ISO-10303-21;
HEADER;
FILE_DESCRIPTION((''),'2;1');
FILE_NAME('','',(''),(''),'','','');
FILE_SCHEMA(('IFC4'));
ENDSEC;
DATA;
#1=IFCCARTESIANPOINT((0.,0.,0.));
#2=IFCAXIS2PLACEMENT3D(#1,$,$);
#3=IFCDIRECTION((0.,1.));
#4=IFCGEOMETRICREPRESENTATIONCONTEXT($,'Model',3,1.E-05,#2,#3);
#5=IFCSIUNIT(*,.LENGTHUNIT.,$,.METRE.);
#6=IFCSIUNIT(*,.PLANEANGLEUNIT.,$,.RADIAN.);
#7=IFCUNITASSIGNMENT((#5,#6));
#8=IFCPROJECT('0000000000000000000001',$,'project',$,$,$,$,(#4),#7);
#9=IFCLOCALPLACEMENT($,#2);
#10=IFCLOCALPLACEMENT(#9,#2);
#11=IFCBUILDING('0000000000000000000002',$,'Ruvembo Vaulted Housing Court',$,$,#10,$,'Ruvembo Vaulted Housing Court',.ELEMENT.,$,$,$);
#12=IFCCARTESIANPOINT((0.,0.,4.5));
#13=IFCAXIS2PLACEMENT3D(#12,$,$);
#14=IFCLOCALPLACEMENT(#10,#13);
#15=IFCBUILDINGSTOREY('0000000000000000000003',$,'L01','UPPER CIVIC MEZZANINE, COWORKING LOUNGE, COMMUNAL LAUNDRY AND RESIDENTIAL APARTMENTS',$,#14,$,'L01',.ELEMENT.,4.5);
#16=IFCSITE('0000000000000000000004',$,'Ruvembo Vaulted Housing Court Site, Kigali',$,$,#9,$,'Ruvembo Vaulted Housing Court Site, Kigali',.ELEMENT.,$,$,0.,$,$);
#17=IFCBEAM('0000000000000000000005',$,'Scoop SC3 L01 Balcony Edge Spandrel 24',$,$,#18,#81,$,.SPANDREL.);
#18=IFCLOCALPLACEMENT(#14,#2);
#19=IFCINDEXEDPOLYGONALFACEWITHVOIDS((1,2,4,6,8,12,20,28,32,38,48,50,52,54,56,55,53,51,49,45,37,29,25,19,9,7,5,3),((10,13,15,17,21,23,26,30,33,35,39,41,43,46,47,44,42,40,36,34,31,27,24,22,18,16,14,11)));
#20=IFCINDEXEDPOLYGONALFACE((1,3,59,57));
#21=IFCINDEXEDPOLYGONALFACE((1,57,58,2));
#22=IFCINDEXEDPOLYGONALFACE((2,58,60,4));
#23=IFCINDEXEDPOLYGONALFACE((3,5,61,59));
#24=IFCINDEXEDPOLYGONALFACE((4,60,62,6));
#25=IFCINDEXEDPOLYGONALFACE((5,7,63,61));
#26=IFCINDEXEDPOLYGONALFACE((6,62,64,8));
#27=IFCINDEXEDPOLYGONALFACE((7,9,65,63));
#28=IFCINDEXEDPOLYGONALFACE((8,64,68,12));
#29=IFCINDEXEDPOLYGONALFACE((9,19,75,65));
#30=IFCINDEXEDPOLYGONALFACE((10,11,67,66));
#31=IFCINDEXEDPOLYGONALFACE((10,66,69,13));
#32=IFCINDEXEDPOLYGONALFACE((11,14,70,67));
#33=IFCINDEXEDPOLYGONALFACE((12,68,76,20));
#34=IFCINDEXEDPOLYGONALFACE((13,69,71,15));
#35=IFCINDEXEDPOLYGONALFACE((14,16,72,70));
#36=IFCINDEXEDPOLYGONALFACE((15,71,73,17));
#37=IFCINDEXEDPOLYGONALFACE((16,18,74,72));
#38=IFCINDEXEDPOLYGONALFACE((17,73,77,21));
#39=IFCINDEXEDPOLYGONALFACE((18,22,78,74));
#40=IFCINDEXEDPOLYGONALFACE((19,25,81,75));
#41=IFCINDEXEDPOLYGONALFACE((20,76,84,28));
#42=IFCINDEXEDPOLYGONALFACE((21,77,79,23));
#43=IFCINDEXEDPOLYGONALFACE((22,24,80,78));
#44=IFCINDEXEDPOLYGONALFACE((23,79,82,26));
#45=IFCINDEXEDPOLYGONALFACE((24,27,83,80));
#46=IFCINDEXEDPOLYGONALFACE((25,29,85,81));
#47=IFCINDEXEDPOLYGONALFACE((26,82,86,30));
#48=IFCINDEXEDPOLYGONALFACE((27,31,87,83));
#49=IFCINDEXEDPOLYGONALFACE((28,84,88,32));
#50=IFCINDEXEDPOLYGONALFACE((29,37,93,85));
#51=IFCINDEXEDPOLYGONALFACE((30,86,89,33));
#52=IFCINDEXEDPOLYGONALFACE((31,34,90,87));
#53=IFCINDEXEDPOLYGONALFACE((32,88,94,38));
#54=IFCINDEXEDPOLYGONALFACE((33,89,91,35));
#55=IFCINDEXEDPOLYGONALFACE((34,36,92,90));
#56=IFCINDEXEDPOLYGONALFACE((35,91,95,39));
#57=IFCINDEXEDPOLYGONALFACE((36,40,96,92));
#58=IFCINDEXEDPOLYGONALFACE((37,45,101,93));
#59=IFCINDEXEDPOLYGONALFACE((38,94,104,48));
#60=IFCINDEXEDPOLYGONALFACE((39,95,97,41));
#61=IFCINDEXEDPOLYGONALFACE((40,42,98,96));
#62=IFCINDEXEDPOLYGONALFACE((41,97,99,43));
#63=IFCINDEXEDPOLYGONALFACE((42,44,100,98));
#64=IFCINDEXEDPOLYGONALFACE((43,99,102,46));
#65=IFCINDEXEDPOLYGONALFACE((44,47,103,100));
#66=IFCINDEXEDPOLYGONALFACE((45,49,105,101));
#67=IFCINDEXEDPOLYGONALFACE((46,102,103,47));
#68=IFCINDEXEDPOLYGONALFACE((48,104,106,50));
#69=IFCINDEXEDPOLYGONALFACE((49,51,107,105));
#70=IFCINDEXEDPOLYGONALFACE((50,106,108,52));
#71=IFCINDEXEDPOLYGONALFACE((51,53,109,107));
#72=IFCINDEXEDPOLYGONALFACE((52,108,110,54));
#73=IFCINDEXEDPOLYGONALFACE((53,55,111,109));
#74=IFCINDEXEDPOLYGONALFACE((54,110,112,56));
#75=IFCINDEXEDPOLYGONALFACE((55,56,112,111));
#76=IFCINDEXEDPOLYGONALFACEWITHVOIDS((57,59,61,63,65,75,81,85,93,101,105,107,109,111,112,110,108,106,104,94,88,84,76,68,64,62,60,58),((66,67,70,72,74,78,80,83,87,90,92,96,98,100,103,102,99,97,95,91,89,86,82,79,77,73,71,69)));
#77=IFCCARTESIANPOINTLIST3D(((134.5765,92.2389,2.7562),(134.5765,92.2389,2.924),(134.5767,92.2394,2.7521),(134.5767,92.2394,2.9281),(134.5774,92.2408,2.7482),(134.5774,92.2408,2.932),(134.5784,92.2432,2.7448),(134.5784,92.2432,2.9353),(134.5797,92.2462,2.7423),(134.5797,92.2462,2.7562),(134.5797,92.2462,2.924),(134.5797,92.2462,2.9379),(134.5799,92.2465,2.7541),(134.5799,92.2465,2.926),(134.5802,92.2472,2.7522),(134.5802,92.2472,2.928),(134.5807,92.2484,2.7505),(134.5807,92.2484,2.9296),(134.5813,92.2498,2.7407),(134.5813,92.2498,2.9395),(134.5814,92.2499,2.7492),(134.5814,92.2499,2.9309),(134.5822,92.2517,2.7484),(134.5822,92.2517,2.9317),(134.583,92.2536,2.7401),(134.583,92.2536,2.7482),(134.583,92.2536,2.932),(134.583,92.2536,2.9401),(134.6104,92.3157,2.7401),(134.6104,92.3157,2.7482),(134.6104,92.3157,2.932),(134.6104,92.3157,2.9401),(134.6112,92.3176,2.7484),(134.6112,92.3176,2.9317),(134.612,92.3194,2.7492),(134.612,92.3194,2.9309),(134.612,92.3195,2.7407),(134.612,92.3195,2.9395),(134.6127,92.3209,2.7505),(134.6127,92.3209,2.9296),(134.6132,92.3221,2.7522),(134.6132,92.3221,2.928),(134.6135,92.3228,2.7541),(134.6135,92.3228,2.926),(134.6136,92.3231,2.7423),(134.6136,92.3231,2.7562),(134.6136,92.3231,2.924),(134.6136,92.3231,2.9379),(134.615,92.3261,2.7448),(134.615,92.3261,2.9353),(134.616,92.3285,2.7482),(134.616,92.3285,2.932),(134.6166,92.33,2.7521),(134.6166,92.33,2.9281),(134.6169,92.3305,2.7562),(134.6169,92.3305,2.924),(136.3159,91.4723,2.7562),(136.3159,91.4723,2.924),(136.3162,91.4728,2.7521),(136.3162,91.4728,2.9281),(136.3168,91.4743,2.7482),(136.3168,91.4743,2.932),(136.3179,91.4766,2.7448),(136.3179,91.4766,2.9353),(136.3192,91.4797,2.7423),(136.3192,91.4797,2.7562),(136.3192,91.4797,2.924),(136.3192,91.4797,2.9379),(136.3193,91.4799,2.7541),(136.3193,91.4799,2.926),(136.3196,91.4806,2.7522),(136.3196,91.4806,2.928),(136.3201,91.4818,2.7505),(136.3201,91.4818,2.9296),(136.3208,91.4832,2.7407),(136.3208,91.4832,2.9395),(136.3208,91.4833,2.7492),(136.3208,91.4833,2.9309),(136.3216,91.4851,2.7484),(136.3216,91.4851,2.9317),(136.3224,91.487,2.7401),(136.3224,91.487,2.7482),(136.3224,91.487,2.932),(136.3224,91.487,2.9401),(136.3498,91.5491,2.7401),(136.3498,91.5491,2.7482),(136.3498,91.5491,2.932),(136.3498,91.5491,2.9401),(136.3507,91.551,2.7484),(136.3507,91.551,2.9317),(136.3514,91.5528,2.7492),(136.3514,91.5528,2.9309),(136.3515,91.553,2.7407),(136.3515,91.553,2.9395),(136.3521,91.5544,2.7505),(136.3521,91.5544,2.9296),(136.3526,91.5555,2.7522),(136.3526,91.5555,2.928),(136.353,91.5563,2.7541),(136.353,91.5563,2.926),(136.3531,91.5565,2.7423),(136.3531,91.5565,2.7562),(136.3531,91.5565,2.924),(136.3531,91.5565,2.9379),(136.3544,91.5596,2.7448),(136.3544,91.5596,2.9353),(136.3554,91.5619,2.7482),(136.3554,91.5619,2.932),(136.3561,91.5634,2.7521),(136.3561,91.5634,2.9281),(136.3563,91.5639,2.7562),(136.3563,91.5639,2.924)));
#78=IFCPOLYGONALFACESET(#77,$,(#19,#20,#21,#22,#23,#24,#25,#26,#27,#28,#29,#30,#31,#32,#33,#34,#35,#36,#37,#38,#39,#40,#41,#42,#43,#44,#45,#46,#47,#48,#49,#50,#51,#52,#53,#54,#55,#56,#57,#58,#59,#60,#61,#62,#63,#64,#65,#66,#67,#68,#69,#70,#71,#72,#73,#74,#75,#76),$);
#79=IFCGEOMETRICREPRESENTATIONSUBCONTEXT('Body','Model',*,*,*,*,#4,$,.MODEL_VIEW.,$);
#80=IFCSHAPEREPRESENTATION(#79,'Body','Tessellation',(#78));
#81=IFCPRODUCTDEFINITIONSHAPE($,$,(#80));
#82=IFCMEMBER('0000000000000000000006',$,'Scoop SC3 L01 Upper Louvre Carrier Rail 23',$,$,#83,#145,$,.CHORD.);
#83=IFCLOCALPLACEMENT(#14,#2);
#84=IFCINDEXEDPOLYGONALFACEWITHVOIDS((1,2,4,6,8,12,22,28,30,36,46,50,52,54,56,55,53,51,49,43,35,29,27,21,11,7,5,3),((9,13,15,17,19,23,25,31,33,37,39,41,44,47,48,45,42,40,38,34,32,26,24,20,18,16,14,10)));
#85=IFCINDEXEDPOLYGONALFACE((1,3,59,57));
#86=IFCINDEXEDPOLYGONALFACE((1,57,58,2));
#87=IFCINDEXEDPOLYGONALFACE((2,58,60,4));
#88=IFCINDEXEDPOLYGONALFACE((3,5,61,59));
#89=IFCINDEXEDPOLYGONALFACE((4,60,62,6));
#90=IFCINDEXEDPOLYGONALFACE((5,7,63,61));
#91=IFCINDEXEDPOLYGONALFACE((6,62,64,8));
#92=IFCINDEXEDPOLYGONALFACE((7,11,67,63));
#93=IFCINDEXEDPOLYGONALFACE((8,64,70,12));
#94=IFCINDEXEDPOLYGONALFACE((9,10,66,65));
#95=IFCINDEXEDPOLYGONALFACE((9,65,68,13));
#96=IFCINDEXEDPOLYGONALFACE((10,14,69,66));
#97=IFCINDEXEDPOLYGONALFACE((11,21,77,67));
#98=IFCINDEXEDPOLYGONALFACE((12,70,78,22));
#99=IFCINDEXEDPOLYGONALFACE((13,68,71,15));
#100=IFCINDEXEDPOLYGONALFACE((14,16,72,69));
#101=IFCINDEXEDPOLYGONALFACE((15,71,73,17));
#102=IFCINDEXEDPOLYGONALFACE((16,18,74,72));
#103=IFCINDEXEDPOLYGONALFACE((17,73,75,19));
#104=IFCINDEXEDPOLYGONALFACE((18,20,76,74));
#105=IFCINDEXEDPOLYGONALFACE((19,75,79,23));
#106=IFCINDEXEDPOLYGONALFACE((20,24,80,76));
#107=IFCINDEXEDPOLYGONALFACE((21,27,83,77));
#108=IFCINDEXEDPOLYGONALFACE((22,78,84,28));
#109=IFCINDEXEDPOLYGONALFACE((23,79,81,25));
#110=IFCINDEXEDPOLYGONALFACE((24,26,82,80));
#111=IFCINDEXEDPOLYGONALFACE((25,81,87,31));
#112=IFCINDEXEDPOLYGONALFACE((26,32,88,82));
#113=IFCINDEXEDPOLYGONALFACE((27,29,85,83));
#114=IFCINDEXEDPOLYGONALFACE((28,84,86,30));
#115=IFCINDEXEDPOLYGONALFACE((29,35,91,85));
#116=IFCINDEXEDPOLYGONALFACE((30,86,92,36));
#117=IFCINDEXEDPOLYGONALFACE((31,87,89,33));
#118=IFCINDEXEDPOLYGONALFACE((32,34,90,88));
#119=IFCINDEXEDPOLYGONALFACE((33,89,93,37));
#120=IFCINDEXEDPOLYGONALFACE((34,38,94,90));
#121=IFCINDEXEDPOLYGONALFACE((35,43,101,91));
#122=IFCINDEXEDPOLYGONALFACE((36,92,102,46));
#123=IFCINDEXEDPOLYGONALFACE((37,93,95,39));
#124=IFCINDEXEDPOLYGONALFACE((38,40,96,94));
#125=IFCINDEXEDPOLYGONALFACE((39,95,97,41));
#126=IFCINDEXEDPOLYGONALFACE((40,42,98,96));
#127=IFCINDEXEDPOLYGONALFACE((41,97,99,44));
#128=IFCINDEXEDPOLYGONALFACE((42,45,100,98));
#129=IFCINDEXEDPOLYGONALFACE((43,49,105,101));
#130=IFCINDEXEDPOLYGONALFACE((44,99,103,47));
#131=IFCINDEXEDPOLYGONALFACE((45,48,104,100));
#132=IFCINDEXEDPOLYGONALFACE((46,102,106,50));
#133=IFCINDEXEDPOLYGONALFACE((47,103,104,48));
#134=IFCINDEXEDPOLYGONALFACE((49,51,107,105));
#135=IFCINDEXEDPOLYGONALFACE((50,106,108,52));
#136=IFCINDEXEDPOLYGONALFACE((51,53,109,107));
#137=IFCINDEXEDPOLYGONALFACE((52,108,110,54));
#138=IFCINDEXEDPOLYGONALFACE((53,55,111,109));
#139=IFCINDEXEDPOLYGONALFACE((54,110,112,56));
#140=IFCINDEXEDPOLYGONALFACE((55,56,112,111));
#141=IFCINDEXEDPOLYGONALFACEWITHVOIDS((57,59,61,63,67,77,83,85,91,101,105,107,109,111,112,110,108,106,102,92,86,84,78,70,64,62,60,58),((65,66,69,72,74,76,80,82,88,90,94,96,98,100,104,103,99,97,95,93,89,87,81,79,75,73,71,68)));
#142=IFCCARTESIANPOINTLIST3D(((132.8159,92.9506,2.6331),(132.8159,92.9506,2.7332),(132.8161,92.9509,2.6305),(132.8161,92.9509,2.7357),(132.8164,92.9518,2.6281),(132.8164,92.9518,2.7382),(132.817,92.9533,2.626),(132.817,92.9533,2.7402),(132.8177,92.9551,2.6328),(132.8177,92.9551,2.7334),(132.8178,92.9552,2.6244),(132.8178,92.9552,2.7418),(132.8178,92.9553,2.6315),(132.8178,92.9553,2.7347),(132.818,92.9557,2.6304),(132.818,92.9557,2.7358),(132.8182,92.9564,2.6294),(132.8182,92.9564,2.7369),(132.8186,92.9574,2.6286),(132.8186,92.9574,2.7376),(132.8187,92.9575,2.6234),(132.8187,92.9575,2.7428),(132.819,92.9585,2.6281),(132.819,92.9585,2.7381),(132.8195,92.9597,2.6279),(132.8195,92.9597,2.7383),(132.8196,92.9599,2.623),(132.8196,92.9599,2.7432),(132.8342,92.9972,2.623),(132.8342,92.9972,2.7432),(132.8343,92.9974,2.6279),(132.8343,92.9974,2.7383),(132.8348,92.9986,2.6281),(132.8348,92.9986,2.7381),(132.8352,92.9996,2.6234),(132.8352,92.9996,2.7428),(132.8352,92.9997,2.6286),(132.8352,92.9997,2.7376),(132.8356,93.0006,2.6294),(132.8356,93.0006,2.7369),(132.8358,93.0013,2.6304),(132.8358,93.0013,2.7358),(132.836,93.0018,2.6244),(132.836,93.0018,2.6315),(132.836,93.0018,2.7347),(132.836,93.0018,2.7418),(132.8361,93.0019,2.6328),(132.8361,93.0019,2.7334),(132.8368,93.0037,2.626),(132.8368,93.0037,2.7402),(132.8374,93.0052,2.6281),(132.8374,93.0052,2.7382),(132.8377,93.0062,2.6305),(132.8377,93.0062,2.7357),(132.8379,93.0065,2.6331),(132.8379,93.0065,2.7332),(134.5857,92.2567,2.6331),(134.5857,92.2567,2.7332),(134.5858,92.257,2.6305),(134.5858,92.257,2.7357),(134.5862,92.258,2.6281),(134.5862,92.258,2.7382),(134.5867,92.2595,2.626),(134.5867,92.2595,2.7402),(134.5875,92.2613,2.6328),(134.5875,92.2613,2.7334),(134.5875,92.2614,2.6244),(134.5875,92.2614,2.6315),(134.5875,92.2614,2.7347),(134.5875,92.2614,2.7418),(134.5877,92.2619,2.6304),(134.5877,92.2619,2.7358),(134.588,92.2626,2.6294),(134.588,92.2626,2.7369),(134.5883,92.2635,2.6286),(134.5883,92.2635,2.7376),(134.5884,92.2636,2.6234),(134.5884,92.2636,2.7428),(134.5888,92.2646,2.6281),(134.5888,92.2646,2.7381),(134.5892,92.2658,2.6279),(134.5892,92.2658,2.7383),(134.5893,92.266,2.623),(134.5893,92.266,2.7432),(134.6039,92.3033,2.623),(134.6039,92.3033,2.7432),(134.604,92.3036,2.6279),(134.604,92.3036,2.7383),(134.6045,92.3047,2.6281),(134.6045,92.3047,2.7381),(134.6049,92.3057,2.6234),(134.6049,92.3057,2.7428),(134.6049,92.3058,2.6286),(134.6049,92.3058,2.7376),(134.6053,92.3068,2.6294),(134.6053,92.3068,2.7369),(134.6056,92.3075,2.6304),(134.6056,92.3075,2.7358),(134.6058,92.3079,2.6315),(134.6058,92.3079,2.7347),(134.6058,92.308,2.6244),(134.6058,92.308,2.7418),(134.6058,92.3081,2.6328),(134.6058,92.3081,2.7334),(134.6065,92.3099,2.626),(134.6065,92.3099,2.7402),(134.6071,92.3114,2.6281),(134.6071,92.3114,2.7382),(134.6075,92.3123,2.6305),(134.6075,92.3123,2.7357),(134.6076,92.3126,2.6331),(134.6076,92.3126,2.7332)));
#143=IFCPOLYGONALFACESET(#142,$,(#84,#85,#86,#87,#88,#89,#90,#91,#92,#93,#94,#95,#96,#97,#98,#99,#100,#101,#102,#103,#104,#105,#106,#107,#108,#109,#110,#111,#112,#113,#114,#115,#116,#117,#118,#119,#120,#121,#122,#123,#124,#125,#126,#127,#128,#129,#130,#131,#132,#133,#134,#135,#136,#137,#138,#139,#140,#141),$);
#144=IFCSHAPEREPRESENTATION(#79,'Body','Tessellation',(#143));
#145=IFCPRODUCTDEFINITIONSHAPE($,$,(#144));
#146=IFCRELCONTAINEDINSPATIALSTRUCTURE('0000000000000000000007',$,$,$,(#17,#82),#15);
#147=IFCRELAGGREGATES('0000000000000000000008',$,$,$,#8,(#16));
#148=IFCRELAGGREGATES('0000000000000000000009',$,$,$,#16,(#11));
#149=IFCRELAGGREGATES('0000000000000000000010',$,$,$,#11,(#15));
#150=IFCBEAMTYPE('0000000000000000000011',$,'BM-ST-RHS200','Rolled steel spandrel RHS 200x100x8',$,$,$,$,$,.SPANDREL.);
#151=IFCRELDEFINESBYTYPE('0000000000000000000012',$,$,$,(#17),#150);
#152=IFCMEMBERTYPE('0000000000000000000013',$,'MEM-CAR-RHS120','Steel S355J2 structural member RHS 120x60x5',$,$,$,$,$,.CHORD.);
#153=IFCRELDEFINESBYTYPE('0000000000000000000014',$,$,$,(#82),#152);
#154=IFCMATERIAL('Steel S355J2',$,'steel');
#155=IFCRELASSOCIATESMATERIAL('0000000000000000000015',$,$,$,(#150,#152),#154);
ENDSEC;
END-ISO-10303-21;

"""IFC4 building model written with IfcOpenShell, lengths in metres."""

from ifc_helpers import new_model, si_unit, direction, frame, origin, origin_2d, place, context, subcontext, project, spatial, hollow_rectangle, extrude, material, material_profile, profile_set, type_object, element, save


model = new_model("IFC4")

# Units and contexts
model_context = context("Model", 3, precision=1e-05, world=origin(), true_north=direction((0.0, 1.0)))
body_context = subcontext(model_context, "Body", "Model", "MODEL_VIEW")
ifc_project = project(units=[si_unit("LENGTHUNIT", "METRE"), si_unit("PLANEANGLEUNIT", "RADIAN")], contexts=[model_context])

# Site, building, storey
site_placement = place(None, origin())
site = spatial("IfcSite", under=ifc_project, at=site_placement, Name="Ruvembo Vaulted Housing Court Site, Kigali", LongName="Ruvembo Vaulted Housing Court Site, Kigali", CompositionType="ELEMENT", RefElevation=0.0)
building_placement = place(site_placement, origin())
building = spatial("IfcBuilding", under=site, at=building_placement, Name="Ruvembo Vaulted Housing Court", LongName="Ruvembo Vaulted Housing Court", CompositionType="ELEMENT")
storey_placement = place(building_placement, frame((0.0, 0.0, 4.5)))
storey = spatial("IfcBuildingStorey", under=building, at=storey_placement, Name="L01", Description="UPPER CIVIC MEZZANINE, COWORKING LOUNGE, COMMUNAL LAUNDRY AND RESIDENTIAL APARTMENTS", LongName="L01", CompositionType="ELEMENT", Elevation=4.5)

# Beam
ifc_material_1 = material(Name="Steel S355J2", Category="steel")
ifc_material_profile_1 = material_profile(ifc_material_1, hollow_rectangle(XDim=0.1001, YDim=0.2, WallThickness=0.0081, InnerFilletRadius=0.0081, OuterFilletRadius=0.0161, at=origin_2d()), Name="RHS 200x100x8")
ifc_profile_set_1 = profile_set([ifc_material_profile_1], Name="Steel S355J2")
beam_type_1 = type_object("IfcBeamType", Name="BM-ST-RHS200", Description="Rolled steel spandrel RHS 200x100x8", PredefinedType="SPANDREL", material=ifc_profile_set_1)
for number, where, z_axis, x_axis, name in (
    (1, (134.5967, 92.2847, 2.8401), (0.915078, -0.403277, 0.0), (0.403277, 0.915078, 0.0), "Scoop SC3 L01 Balcony Edge Spandrel 24"),
):
    element("IfcBeam", number, at=place(storey_placement, frame(where, z_axis=z_axis, x_axis=x_axis)), inside=storey, type_object=beam_type_1, Name=name, PredefinedType="SPANDREL", context=body_context, shape_type="SweptSolid", body=[
        extrude(hollow_rectangle(XDim=0.1001, YDim=0.2, WallThickness=0.0081, InnerFilletRadius=0.0081, OuterFilletRadius=0.0161, at=origin_2d()), origin(), (0.0, 0.0, 1.0), 1.9009),
    ])

# Member
ifc_material_profile_2 = material_profile(ifc_material_1, hollow_rectangle(XDim=0.0601, YDim=0.1201, WallThickness=0.0049, InnerFilletRadius=0.0049, OuterFilletRadius=0.01, at=origin_2d()), Name="RHS 120x60x5")
ifc_profile_set_2 = profile_set([ifc_material_profile_2], Name="Steel S355J2")
member_type_1 = type_object("IfcMemberType", Name="MEM-CAR-RHS120", Description="Steel S355J2 structural member RHS 120x60x5", PredefinedType="CHORD", material=ifc_profile_set_2)
for number, where, z_axis, x_axis, name in (
    (2, (132.8269, 92.9785, 2.6831), (0.931006, -0.365005, 0.0), (0.365005, 0.931006, 0.0), "Scoop SC3 L01 Upper Louvre Carrier Rail 23"),
):
    element("IfcMember", number, at=place(storey_placement, frame(where, z_axis=z_axis, x_axis=x_axis)), inside=storey, type_object=member_type_1, Name=name, PredefinedType="CHORD", context=body_context, shape_type="SweptSolid", body=[
        extrude(hollow_rectangle(XDim=0.0601, YDim=0.1201, WallThickness=0.0049, InnerFilletRadius=0.0049, OuterFilletRadius=0.01, at=origin_2d()), origin(), (0.0, 0.0, 1.0), 1.9009),
    ])

save(model, "model.ifc")
